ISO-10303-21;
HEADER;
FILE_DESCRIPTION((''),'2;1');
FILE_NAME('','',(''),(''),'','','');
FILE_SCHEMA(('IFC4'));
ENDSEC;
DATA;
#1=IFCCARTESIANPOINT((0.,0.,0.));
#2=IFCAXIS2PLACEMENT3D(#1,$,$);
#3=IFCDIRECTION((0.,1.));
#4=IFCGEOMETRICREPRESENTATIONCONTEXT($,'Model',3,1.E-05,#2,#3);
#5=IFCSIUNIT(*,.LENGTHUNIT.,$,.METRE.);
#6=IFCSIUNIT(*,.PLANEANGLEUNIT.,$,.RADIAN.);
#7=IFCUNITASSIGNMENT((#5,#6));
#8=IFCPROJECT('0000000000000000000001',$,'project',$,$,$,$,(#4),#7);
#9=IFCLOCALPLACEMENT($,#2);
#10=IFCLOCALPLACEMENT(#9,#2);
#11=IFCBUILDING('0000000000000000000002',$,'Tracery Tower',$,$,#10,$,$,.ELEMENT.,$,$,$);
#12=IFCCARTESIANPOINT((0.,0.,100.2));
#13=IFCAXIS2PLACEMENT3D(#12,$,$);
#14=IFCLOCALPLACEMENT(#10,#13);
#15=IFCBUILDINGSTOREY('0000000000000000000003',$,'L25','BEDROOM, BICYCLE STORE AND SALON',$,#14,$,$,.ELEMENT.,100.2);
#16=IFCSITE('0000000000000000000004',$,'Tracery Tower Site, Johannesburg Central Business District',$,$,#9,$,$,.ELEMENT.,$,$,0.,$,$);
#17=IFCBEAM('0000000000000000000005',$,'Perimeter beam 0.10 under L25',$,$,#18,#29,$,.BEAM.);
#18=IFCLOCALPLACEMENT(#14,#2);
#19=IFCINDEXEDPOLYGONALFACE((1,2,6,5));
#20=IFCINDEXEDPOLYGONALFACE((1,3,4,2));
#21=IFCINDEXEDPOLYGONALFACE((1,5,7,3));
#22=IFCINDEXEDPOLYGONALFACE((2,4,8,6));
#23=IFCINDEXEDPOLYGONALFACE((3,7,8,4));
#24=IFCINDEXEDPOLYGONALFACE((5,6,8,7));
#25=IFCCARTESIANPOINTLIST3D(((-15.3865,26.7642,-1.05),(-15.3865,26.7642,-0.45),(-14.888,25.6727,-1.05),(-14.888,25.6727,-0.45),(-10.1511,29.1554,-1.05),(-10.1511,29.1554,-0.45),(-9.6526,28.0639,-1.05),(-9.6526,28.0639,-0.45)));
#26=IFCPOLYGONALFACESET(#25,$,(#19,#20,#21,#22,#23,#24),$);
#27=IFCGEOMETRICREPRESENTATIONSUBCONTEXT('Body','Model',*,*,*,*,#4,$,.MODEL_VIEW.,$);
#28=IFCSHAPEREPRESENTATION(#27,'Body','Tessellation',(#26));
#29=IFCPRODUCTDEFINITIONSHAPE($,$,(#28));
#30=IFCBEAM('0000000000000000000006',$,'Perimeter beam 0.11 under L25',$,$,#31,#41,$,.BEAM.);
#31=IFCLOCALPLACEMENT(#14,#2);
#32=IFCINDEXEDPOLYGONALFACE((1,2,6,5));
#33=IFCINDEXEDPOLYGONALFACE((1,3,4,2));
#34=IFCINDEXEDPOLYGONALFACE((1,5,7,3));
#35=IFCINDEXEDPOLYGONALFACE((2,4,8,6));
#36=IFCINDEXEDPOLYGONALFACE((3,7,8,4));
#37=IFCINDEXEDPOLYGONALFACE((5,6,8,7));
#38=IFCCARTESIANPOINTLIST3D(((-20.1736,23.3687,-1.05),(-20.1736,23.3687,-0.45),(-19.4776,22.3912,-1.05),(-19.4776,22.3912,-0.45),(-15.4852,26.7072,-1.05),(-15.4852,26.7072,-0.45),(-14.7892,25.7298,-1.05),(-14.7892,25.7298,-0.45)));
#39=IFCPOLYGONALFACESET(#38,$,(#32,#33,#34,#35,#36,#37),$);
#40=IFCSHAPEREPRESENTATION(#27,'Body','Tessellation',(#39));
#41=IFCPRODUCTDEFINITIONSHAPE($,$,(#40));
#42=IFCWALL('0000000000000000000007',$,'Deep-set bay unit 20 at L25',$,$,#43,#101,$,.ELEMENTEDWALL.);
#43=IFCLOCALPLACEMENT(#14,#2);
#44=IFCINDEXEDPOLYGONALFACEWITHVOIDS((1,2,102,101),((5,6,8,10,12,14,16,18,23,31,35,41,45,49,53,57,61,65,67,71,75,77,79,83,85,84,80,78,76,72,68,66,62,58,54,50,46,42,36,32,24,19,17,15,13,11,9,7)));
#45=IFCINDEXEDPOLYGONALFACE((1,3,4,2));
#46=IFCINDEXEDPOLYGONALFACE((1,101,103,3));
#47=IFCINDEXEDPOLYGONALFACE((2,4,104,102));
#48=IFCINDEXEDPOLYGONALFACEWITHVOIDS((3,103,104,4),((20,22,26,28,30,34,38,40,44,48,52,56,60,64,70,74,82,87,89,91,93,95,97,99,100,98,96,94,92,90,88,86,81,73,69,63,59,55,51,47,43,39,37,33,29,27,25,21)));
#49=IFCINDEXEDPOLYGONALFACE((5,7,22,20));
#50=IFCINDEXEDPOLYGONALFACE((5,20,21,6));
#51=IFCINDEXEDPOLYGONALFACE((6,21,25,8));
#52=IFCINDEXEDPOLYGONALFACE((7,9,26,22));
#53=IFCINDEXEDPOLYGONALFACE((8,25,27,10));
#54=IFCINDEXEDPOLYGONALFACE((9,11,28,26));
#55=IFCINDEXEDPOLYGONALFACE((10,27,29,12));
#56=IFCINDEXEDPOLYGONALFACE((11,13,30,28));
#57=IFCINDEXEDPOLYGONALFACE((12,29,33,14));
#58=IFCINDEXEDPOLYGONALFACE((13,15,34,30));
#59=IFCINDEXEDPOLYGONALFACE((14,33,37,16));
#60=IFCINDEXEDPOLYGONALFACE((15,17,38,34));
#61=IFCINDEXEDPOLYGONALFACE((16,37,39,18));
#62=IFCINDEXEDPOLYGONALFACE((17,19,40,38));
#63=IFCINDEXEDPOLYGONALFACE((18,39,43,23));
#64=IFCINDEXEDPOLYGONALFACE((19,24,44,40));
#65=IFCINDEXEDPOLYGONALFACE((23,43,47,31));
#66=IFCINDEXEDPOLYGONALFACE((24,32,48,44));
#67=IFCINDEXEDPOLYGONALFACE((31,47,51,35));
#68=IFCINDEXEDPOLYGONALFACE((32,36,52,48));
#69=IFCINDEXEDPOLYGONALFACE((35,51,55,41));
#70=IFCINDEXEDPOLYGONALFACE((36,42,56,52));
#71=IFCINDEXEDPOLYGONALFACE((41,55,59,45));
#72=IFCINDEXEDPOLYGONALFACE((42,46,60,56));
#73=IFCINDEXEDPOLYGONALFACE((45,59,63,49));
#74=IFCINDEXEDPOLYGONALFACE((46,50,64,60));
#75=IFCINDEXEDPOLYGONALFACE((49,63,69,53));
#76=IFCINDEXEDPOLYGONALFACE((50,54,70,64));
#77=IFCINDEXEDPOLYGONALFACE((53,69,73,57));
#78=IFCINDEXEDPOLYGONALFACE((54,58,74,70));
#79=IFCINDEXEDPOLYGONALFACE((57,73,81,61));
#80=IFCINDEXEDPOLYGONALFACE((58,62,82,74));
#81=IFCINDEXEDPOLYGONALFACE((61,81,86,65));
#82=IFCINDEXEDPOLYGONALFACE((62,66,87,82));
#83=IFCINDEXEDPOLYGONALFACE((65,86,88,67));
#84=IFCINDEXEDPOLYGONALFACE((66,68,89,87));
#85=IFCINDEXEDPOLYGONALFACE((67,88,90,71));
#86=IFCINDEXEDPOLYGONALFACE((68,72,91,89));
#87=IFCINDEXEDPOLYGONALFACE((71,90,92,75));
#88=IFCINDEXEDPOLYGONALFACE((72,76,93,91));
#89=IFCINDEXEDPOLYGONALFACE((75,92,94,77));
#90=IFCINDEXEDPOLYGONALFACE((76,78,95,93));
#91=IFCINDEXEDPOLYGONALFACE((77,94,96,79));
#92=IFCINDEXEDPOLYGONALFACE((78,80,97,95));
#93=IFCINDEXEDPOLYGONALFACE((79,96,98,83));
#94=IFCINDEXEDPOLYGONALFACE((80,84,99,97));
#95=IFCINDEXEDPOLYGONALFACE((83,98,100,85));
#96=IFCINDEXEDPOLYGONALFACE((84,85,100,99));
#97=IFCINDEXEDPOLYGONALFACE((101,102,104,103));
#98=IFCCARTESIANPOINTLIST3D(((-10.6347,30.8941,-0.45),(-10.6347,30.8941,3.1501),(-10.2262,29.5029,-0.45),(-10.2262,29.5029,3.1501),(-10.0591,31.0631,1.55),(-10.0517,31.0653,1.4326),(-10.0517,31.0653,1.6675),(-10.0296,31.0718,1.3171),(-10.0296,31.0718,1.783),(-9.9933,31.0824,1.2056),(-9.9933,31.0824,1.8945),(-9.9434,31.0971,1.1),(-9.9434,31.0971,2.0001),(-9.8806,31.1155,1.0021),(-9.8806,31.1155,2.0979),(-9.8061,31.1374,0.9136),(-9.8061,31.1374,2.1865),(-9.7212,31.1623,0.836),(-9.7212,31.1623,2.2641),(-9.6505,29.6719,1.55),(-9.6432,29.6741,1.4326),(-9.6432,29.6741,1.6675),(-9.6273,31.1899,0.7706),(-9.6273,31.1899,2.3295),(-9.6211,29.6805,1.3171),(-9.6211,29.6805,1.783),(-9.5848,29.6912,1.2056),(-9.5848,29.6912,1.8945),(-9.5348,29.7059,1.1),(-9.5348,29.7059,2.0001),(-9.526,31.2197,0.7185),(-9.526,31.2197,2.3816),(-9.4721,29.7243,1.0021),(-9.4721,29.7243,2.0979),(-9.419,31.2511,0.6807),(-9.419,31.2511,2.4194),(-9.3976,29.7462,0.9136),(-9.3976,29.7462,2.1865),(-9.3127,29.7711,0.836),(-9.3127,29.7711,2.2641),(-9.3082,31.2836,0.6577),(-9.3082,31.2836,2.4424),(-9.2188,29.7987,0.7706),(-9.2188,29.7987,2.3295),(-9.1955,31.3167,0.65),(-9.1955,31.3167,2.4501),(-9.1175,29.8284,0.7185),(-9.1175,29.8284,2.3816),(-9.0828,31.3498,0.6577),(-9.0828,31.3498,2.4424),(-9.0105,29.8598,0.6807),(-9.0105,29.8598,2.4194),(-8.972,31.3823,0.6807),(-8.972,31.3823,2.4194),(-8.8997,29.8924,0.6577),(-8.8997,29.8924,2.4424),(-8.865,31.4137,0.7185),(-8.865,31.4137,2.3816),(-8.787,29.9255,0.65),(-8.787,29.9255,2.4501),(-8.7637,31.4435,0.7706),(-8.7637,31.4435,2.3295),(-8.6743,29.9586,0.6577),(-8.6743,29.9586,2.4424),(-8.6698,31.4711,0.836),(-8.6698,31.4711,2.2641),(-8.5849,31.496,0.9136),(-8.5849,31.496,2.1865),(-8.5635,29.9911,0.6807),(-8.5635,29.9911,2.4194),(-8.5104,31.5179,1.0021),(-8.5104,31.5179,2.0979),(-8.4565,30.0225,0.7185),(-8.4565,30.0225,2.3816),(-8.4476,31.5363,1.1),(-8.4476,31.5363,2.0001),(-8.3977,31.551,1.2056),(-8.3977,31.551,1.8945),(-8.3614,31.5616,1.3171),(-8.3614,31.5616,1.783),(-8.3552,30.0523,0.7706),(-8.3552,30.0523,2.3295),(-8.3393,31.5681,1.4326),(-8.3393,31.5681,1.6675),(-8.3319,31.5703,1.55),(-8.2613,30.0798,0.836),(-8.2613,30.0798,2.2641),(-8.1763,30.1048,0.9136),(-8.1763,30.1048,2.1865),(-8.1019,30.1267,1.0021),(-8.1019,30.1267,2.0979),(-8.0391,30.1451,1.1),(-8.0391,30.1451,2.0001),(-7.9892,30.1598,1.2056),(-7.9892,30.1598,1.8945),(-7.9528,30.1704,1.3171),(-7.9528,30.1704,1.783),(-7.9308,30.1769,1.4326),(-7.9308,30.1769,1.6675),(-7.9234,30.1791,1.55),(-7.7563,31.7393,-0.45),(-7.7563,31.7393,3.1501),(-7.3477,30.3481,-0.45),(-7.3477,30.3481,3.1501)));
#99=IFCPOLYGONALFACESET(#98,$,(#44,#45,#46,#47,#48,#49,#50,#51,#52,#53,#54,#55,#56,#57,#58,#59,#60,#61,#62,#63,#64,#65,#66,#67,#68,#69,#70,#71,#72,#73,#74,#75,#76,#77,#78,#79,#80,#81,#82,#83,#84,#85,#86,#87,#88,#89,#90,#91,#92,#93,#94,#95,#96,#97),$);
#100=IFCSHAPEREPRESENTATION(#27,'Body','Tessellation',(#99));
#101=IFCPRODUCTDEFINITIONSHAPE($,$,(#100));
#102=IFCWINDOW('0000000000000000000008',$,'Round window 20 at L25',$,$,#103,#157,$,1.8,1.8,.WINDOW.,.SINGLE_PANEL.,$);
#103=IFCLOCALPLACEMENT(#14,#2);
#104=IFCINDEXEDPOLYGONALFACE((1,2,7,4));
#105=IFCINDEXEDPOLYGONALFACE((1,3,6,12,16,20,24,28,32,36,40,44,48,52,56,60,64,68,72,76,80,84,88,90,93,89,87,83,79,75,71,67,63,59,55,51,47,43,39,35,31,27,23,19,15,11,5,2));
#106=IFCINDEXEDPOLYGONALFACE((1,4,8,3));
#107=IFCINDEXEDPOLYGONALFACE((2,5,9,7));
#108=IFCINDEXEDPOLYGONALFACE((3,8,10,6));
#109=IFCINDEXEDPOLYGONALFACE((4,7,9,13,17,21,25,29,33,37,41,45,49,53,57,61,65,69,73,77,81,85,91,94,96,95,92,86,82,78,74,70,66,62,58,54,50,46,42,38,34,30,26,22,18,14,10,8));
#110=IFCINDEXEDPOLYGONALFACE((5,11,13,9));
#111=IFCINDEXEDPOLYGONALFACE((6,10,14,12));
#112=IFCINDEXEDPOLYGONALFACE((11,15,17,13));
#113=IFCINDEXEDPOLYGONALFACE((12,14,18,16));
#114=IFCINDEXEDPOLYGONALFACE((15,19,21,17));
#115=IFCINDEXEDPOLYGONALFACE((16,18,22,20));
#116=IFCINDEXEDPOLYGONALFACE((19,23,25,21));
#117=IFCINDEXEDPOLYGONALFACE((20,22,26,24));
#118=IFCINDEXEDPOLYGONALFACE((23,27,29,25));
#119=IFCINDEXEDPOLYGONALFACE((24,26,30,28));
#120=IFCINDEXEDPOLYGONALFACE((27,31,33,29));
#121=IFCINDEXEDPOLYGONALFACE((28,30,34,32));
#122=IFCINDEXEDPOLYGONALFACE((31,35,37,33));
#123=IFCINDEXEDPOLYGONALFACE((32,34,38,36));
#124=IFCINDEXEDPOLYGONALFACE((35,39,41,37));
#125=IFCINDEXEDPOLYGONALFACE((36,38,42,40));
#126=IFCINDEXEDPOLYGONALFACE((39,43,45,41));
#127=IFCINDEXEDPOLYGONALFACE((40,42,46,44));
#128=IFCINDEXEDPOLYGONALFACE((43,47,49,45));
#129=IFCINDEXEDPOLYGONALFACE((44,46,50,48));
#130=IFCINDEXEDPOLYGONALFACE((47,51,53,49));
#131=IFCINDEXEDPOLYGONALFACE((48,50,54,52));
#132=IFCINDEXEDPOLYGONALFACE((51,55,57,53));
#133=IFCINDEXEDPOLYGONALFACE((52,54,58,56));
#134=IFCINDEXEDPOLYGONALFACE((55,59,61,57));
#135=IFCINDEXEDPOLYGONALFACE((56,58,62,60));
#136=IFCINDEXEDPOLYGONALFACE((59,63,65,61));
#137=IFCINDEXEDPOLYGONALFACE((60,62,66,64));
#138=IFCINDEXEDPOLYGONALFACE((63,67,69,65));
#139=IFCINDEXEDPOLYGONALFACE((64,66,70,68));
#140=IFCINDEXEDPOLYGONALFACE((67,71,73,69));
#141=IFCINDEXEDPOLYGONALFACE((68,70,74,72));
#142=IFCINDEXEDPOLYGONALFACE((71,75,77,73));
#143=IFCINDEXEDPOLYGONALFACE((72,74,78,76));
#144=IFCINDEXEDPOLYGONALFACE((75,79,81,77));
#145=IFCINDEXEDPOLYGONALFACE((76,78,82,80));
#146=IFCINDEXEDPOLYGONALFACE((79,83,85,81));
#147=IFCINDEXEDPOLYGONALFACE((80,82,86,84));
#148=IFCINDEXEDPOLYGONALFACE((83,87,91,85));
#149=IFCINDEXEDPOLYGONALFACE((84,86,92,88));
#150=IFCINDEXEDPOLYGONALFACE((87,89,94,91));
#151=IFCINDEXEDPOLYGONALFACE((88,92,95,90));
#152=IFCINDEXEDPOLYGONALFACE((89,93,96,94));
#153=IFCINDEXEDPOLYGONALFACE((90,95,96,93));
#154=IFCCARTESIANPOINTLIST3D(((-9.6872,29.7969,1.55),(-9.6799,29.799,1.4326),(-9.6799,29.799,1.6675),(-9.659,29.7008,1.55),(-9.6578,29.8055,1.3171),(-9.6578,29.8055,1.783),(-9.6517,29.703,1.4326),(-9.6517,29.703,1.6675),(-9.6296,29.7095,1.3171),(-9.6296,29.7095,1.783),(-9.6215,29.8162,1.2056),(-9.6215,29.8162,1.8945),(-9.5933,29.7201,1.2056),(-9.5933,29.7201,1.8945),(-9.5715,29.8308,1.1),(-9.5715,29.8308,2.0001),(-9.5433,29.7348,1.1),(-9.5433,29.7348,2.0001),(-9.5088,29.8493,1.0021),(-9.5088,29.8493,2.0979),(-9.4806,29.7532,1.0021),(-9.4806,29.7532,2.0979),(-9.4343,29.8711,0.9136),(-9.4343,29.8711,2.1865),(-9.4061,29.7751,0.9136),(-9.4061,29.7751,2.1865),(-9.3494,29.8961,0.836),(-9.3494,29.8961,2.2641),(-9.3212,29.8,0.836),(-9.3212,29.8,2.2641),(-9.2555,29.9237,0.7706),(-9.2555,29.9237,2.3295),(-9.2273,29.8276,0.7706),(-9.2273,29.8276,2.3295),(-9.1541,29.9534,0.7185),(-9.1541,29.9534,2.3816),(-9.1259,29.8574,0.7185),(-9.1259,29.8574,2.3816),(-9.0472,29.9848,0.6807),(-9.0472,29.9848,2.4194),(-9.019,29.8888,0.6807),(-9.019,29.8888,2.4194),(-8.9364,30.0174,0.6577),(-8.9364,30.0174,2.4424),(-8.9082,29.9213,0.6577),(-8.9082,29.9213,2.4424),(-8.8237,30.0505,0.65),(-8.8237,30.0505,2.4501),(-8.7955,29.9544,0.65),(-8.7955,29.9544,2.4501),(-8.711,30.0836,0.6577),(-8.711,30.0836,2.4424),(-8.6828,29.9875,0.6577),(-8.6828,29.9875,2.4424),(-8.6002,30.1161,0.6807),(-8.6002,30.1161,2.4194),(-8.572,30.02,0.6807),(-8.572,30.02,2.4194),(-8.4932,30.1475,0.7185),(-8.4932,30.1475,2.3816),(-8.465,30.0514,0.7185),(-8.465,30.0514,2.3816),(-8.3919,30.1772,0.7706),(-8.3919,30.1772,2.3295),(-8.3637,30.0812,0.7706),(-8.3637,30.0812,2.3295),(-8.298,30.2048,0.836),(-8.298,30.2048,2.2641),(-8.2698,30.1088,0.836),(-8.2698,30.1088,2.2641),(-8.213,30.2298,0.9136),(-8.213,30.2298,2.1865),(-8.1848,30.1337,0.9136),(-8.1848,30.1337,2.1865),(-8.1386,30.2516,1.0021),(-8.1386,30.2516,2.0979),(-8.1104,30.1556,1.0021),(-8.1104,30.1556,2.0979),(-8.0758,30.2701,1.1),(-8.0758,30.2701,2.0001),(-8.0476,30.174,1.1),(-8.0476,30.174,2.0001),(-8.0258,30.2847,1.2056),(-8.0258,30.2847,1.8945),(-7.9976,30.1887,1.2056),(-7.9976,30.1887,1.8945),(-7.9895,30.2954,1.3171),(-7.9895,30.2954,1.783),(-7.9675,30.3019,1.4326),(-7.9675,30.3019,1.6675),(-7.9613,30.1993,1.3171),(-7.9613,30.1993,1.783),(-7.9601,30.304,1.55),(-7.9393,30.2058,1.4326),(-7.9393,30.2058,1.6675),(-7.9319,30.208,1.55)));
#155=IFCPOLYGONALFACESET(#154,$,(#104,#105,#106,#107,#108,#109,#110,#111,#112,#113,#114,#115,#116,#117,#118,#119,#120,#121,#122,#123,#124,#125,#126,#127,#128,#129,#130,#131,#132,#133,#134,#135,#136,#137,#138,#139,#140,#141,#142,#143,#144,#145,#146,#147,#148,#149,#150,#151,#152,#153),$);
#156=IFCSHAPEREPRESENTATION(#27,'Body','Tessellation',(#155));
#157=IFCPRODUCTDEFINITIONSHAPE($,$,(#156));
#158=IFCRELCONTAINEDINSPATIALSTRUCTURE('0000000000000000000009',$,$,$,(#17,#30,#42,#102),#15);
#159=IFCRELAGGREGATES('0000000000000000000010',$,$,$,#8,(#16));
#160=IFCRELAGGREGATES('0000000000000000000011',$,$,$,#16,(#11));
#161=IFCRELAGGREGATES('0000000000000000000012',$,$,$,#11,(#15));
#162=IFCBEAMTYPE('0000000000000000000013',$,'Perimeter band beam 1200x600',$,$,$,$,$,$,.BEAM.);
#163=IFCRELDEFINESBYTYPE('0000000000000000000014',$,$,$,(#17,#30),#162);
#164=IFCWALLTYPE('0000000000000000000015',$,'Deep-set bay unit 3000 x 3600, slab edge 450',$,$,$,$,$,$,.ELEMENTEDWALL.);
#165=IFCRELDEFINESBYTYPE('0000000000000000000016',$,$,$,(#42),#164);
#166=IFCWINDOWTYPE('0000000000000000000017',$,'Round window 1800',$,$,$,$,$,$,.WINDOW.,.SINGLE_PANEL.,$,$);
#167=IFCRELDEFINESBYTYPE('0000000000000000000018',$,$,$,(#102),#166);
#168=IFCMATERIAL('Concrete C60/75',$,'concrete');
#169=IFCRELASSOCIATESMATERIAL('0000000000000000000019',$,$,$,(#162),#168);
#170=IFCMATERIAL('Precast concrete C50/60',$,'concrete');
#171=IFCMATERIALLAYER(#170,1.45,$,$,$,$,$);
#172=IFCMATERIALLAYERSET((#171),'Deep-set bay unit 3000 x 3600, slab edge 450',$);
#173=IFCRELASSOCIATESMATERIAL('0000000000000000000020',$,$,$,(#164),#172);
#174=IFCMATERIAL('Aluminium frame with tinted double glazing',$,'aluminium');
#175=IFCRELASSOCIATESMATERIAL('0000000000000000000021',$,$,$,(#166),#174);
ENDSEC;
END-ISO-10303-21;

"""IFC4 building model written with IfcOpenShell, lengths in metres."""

from ifc_helpers import new_model, si_unit, direction, frame, frame_2d, origin, origin_2d, place, context, subcontext, project, spatial, rectangle, circle, extrude, material, layer, layer_set, material_profile, profile_set, type_object, element, fill, save


model = new_model("IFC4")

# Units and contexts
model_context = context("Model", 3, precision=1e-05, world=origin(), true_north=direction((0.0, 1.0)))
body_context = subcontext(model_context, "Body", "Model", "MODEL_VIEW")
ifc_project = project(units=[si_unit("LENGTHUNIT", "METRE"), si_unit("PLANEANGLEUNIT", "RADIAN")], contexts=[model_context])

# Site, building, storey
site_placement = place(None, origin())
site = spatial("IfcSite", under=ifc_project, at=site_placement, Name="Tracery Tower Site, Johannesburg Central Business District", CompositionType="ELEMENT", RefElevation=0.0)
building_placement = place(site_placement, origin())
building = spatial("IfcBuilding", under=site, at=building_placement, Name="Tracery Tower", CompositionType="ELEMENT")
storey_placement = place(building_placement, frame((0.0, 0.0, 100.2)))
storey = spatial("IfcBuildingStorey", under=building, at=storey_placement, Name="L25", Description="BEDROOM, BICYCLE STORE AND SALON", CompositionType="ELEMENT", Elevation=100.2)

# Beams
ifc_material_1 = material(Name="Concrete C60/75", Category="concrete")
ifc_material_profile_1 = material_profile(ifc_material_1, rectangle(XDim=1.2, YDim=0.6001, at=origin_2d()), Name="RC 1200x600")
ifc_profile_set_1 = profile_set([ifc_material_profile_1], Name="Concrete C60/75")
beam_type_1 = type_object("IfcBeamType", Name="Perimeter band beam 1200x600", PredefinedType="BEAM", material=ifc_profile_set_1)
for number, where, z_axis, x_axis, name in (
    (1, (-9.9019, 28.6096, -0.75), (-0.909618, -0.415445, 0.0), (0.415445, -0.909618, 0.0), "Perimeter beam 0.10 under L25"),
    (2, (-15.1372, 26.2185, -0.75), (-0.814578, -0.580054, 0.0), (0.580054, -0.814578, 0.0), "Perimeter beam 0.11 under L25"),
):
    element("IfcBeam", number, at=place(storey_placement, frame(where, z_axis=z_axis, x_axis=x_axis)), inside=storey, type_object=beam_type_1, Name=name, PredefinedType="BEAM", context=body_context, shape_type="SweptSolid", body=[
        extrude(rectangle(XDim=1.2, YDim=0.6001, at=origin_2d()), origin(), (0.0, 0.0, 1.0), 5.7556),
    ])

# Wall, opening, window
ifc_material_2 = material(Name="Precast concrete C50/60", Category="concrete")
ifc_layer_1 = layer(ifc_material_2, 1.45)
ifc_layer_set_1 = layer_set([ifc_layer_1], Name="Deep-set bay unit 3000 x 3600, slab edge 450")
wall_type_1 = type_object("IfcWallType", Name="Deep-set bay unit 3000 x 3600, slab edge 450", PredefinedType="ELEMENTEDWALL", material=ifc_layer_set_1)
wall_1_placement = place(storey_placement, frame((-7.552, 31.0437, -0.45), z_axis=(0.0, 0.0, 1.0), x_axis=(-0.95949, -0.281743, 0.0)))
wall_1 = element("IfcWall", 3, at=wall_1_placement, inside=storey, type_object=wall_type_1, Name="Deep-set bay unit 20 at L25", PredefinedType="ELEMENTEDWALL", context=body_context, shape_type="SweptSolid", body=[
    extrude(rectangle(XDim=3.0, YDim=1.45, at=frame_2d((1.5, 0.0))), origin(), (0.0, 0.0, 1.0), 3.6001),
])
opening_1_placement = place(wall_1_placement, frame((1.5, 0.0, 2.0)))
opening_1 = element("IfcOpeningElement", 4, at=opening_1_placement, cuts=wall_1, PredefinedType="OPENING", context=body_context, shape_type="SweptSolid", body=[
    extrude(circle(Radius=0.9, at=origin_2d()), frame((0.0, 0.7349, 0.0), z_axis=(0.0, -1.0, 0.0), x_axis=(1.0, 0.0, 0.0)), (0.0, 0.0, 1.0), 1.47),
])
ifc_material_3 = material(Name="Aluminium frame with tinted double glazing", Category="aluminium")
window_type = type_object("IfcWindowType", Name="Round window 1800", PartitioningType="SINGLE_PANEL", PredefinedType="WINDOW", material=ifc_material_3)
window_1_placement = place(opening_1_placement, origin())
window_1 = element("IfcWindow", 5, at=window_1_placement, inside=storey, type_object=window_type, Name="Round window 20 at L25", OverallHeight=1.8, OverallWidth=1.8, PartitioningType="SINGLE_PANEL", PredefinedType="WINDOW", context=body_context, shape_type="SweptSolid", body=[
    extrude(circle(Radius=0.9, at=origin_2d()), frame((0.0, 0.6948, 0.0), z_axis=(0.0, -1.0, 0.0), x_axis=(1.0, 0.0, 0.0)), (0.0, 0.0, 1.0), 0.1001),
])
fill(opening_1, window_1)

save(model, "model.ifc")
